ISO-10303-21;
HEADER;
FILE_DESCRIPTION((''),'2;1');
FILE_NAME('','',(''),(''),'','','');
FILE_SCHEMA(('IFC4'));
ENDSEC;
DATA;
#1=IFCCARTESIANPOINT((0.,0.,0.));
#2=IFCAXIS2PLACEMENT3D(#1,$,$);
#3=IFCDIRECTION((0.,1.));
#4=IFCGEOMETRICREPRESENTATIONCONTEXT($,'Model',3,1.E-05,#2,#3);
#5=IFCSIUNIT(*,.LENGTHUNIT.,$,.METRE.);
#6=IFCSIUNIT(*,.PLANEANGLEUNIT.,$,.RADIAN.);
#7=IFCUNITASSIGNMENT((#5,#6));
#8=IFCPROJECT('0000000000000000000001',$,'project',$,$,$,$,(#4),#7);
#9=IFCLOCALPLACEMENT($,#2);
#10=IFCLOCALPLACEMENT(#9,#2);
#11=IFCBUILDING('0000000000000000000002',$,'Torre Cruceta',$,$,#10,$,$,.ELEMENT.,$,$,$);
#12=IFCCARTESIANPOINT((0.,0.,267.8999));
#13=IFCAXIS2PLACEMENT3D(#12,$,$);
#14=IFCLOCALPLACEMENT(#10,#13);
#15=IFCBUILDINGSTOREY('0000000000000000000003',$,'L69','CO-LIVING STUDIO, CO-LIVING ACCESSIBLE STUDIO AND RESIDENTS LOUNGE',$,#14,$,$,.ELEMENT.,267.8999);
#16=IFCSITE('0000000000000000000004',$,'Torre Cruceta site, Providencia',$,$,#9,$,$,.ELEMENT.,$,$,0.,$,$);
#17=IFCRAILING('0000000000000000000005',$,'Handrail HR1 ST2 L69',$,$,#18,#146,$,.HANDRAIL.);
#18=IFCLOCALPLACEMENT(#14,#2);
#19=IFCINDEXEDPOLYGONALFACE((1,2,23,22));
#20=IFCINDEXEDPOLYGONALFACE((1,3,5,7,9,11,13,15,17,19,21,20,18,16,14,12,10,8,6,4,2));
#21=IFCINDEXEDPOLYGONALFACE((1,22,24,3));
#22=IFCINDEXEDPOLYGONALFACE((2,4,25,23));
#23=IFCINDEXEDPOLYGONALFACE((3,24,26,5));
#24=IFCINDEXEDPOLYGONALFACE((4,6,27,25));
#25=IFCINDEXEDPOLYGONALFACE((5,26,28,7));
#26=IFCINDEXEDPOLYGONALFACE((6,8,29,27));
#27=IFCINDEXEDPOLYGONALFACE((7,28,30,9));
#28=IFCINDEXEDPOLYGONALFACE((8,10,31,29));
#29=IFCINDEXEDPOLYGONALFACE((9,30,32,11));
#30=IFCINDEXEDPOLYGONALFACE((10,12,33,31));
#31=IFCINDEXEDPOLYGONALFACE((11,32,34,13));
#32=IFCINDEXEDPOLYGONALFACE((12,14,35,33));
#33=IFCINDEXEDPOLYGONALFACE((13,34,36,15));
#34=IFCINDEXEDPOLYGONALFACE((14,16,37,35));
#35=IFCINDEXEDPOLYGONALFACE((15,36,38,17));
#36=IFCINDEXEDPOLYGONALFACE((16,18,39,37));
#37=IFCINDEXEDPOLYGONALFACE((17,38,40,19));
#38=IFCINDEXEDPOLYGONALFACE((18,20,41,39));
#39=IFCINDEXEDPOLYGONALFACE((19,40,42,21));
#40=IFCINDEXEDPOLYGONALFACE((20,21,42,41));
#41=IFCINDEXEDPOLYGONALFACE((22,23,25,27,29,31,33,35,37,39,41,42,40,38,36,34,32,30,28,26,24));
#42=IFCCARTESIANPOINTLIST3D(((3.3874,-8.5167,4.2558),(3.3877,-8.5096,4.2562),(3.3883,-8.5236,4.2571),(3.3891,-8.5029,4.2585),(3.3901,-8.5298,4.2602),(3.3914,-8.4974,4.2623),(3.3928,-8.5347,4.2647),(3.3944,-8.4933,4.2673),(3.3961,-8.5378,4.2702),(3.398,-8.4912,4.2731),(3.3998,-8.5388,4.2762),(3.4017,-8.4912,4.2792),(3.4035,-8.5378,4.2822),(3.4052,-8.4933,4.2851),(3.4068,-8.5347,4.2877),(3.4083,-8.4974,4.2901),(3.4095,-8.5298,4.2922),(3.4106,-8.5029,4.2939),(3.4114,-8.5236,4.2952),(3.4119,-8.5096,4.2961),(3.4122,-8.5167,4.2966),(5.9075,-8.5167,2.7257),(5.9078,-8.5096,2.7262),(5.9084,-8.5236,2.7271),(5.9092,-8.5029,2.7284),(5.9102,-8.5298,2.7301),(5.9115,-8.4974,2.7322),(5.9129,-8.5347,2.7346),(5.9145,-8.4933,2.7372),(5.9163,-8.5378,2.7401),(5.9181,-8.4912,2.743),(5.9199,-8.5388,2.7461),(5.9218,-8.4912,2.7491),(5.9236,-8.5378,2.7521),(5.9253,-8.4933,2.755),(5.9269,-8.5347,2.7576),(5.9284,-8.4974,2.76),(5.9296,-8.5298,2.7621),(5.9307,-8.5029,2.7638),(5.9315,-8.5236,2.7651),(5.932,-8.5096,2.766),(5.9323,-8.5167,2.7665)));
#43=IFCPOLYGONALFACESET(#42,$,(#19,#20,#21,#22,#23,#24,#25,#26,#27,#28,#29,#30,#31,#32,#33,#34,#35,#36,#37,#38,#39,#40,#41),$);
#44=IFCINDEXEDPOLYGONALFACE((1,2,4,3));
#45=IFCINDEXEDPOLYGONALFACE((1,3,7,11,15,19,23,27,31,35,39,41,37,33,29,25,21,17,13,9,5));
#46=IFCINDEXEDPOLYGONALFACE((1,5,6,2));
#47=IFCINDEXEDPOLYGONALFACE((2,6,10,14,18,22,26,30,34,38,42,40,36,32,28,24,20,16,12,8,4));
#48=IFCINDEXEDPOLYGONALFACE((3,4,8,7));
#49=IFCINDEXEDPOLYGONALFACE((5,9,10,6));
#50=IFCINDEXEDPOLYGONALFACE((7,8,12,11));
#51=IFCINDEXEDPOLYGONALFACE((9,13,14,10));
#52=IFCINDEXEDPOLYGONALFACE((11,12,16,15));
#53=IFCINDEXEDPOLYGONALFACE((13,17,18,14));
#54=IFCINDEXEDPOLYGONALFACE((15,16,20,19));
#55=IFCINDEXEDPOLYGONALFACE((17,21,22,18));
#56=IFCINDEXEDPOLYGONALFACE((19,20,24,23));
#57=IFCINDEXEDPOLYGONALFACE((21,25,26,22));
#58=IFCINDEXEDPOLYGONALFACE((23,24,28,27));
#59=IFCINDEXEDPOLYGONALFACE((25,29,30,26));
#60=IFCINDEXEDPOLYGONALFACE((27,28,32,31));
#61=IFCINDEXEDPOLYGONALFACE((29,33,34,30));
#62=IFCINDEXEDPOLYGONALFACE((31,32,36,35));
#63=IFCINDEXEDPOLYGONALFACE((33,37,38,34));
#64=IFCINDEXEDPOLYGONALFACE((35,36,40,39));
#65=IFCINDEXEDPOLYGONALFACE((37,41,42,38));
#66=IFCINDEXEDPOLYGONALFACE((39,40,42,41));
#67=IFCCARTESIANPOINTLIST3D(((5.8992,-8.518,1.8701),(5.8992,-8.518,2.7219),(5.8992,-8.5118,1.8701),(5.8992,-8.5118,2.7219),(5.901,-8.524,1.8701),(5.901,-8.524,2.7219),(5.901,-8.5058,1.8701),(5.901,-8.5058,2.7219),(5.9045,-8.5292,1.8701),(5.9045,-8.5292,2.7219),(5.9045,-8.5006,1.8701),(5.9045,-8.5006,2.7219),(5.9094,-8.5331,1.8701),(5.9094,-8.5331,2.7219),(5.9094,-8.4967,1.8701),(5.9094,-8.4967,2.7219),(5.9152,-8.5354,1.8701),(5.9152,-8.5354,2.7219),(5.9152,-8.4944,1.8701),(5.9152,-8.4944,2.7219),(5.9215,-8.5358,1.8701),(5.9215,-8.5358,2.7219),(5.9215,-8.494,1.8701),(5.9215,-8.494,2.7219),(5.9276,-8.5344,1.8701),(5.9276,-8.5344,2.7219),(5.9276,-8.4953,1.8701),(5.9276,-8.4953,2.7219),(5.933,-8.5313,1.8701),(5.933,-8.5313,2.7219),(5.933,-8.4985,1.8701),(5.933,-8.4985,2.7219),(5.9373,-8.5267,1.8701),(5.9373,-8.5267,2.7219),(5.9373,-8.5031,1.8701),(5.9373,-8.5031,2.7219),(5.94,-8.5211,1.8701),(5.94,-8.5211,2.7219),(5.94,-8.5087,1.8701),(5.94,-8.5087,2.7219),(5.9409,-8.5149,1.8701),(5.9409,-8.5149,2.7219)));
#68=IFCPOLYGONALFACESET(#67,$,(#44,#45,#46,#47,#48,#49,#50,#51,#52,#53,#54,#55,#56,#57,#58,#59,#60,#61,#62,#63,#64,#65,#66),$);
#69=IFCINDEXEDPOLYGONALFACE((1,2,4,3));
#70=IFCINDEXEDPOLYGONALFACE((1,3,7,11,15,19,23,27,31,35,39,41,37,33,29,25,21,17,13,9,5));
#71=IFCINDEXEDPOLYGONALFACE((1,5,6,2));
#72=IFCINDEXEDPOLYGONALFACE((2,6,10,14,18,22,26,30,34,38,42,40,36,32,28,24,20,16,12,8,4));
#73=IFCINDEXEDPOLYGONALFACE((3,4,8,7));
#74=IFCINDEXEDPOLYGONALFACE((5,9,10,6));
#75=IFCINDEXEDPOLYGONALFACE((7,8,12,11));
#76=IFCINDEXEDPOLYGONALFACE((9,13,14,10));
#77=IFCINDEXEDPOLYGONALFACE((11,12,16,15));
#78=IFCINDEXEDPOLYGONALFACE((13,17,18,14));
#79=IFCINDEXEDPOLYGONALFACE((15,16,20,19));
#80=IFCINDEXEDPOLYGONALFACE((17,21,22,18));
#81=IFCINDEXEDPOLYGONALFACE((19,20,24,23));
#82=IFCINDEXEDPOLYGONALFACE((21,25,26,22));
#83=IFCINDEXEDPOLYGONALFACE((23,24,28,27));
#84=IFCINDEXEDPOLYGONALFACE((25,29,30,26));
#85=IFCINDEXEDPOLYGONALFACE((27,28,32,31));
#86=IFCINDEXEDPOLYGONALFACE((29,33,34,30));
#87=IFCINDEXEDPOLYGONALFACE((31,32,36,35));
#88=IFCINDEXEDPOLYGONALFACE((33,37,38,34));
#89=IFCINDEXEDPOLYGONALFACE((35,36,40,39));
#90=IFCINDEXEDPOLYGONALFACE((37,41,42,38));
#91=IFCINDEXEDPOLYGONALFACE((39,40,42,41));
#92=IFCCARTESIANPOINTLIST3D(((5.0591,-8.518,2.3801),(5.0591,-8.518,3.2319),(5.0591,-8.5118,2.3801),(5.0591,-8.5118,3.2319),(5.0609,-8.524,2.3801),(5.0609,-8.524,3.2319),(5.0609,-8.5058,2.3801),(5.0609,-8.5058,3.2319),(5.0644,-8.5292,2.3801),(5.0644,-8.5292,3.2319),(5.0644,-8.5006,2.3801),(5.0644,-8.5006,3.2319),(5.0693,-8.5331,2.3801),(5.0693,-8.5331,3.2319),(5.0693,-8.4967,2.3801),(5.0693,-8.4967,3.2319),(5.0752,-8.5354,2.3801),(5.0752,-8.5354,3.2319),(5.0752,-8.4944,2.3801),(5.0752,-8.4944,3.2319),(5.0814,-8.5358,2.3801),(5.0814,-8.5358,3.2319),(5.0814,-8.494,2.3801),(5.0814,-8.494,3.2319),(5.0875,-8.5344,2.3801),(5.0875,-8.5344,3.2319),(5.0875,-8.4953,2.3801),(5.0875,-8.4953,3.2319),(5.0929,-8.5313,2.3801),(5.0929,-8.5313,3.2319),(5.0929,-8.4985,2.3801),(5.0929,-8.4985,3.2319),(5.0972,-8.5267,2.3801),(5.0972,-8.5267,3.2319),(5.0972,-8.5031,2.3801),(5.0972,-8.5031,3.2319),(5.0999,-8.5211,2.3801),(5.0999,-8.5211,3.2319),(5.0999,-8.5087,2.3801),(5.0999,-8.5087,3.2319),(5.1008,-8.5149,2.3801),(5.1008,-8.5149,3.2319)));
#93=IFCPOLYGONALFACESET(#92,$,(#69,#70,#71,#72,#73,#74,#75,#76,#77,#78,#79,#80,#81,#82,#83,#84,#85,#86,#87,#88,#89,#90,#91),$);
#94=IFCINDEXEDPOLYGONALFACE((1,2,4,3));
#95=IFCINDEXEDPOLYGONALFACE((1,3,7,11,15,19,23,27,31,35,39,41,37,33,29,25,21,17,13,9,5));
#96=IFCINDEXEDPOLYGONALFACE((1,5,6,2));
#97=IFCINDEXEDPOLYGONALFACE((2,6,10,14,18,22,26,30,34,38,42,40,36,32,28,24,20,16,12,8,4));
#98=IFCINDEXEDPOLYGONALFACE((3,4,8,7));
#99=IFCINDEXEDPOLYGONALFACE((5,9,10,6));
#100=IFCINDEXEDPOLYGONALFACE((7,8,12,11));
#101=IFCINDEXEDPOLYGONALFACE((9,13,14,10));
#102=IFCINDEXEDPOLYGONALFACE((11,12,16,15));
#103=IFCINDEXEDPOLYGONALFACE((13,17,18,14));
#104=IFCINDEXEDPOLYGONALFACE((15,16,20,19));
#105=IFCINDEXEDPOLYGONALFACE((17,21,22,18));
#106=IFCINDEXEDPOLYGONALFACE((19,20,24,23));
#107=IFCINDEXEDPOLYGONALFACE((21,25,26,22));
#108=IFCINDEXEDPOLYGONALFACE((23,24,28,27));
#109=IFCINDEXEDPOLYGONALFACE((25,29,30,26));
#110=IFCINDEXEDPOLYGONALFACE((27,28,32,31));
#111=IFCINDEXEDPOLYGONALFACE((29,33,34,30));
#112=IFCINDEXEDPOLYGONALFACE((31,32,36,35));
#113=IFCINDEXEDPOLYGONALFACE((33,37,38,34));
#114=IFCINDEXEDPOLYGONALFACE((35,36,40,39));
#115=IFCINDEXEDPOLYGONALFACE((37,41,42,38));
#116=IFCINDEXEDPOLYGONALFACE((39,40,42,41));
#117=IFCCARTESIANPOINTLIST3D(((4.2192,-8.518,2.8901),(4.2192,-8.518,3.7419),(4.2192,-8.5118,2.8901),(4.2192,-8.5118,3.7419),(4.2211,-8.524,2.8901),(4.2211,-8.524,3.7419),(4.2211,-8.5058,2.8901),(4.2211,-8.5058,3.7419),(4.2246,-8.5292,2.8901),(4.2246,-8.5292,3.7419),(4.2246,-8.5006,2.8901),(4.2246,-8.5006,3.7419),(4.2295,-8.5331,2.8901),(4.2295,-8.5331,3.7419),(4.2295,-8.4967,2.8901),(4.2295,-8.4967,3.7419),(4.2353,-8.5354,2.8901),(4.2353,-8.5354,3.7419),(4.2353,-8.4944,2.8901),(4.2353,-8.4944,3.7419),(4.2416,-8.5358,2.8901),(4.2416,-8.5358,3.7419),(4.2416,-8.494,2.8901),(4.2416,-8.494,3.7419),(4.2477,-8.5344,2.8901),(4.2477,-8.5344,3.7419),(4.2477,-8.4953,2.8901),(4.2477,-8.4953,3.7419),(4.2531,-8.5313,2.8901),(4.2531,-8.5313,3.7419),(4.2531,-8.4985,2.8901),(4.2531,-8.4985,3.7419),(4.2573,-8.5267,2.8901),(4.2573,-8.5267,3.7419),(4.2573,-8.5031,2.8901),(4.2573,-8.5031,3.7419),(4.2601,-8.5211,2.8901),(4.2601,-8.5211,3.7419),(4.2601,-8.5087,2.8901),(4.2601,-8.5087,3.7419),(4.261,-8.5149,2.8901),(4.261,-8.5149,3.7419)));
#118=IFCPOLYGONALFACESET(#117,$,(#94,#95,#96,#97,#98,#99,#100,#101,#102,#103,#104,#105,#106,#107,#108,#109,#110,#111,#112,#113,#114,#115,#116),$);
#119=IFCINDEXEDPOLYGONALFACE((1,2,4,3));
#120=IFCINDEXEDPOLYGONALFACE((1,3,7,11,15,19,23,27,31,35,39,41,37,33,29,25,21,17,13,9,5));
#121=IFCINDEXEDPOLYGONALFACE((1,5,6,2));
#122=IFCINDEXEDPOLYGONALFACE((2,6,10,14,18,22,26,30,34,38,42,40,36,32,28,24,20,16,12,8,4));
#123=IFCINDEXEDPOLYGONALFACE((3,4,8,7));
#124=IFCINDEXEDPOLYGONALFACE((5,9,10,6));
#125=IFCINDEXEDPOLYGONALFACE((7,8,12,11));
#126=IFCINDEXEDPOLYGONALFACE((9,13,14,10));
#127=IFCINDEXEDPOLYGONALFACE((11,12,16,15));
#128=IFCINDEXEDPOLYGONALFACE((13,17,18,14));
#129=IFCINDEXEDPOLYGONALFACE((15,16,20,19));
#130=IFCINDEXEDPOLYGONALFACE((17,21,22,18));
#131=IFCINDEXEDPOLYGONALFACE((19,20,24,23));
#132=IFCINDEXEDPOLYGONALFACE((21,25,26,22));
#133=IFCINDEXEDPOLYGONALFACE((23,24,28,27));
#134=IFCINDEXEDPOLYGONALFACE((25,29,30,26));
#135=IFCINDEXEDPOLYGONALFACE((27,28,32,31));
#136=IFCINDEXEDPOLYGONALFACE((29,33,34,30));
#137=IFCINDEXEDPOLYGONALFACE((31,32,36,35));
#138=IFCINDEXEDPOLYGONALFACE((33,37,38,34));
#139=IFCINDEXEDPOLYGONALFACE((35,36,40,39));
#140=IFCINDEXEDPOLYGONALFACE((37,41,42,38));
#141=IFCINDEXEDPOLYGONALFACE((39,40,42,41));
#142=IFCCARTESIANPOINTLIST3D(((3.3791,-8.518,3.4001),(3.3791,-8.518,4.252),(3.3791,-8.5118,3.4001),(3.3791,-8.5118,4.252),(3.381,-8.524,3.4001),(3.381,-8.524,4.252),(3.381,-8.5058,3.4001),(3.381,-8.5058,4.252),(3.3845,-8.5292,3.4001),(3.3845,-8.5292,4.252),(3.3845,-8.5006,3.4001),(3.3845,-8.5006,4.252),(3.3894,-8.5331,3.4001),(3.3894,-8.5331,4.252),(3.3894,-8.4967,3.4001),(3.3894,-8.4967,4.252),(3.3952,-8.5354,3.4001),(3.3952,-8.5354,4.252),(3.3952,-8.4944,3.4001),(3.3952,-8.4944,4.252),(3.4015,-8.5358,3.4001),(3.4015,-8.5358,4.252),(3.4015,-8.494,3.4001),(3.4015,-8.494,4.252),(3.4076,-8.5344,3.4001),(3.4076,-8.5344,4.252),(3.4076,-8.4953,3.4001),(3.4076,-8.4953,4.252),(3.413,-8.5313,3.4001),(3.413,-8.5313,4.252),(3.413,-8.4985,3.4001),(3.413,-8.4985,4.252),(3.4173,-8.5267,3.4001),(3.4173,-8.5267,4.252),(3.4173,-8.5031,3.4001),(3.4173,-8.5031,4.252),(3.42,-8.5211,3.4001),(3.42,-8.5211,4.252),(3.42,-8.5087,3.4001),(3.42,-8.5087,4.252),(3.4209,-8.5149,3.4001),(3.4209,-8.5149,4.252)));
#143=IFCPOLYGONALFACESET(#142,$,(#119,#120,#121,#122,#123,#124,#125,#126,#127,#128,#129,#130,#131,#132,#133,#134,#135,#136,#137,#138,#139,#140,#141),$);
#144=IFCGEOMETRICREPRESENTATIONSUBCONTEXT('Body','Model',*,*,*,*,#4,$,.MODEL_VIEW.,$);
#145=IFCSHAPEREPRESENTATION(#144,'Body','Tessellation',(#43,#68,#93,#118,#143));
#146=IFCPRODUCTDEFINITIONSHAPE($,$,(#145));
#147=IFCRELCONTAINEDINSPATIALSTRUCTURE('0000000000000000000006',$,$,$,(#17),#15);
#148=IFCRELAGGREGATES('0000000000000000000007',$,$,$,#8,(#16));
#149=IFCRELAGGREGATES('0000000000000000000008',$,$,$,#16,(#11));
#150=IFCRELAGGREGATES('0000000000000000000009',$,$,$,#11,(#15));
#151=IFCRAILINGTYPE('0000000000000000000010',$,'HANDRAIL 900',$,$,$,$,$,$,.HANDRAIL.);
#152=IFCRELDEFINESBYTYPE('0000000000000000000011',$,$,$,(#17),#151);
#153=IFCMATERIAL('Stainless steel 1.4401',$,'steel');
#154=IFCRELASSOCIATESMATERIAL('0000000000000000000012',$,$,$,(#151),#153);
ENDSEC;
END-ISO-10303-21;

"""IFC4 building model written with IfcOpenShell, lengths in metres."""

from ifc_helpers import new_model, si_unit, direction, frame, origin, origin_2d, place, context, subcontext, project, spatial, circle, extrude, material, type_object, element, save


model = new_model("IFC4")

# Units and contexts
model_context = context("Model", 3, precision=1e-05, world=origin(), true_north=direction((0.0, 1.0)))
body_context = subcontext(model_context, "Body", "Model", "MODEL_VIEW")
ifc_project = project(units=[si_unit("LENGTHUNIT", "METRE"), si_unit("PLANEANGLEUNIT", "RADIAN")], contexts=[model_context])

# Site, building, storey
site_placement = place(None, origin())
site = spatial("IfcSite", under=ifc_project, at=site_placement, Name="Torre Cruceta site, Providencia", CompositionType="ELEMENT", RefElevation=0.0)
building_placement = place(site_placement, origin())
building = spatial("IfcBuilding", under=site, at=building_placement, Name="Torre Cruceta", CompositionType="ELEMENT")
storey_placement = place(building_placement, frame((0.0, 0.0, 267.8999)))
storey = spatial("IfcBuildingStorey", under=building, at=storey_placement, Name="L69", Description="CO-LIVING STUDIO, CO-LIVING ACCESSIBLE STUDIO AND RESIDENTS LOUNGE", CompositionType="ELEMENT", Elevation=267.8999)

# Railing
ifc_material_1 = material(Name="Stainless steel 1.4401", Category="steel")
railing_type = type_object("IfcRailingType", Name="HANDRAIL 900", PredefinedType="HANDRAIL", material=ifc_material_1)
railing_placement = place(storey_placement, frame((5.9199, -8.5149, 1.8701)))
element("IfcRailing", 1, at=railing_placement, inside=storey, type_object=railing_type, Name="Handrail HR1 ST2 L69", PredefinedType="HANDRAIL", context=body_context, shape_type="SweptSolid", body=[
    extrude(circle(Radius=0.0239, at=origin_2d()), frame((0.0, 0.0, 0.876), z_axis=(-0.854785, 0.0, 0.518982), x_axis=(0.0, -1.0, 0.0)), (0.0, 0.0, 1.0), 2.9482),
    extrude(circle(Radius=0.021, at=origin_2d()), origin(), (0.0, 0.0, 1.0), 0.8518),
    extrude(circle(Radius=0.021, at=origin_2d()), frame((-0.8401, 0.0, 0.51)), (0.0, 0.0, 1.0), 0.8518),
    extrude(circle(Radius=0.021, at=origin_2d()), frame((-1.6799, 0.0, 1.02)), (0.0, 0.0, 1.0), 0.8518),
    extrude(circle(Radius=0.021, at=origin_2d()), frame((-2.52, 0.0, 1.53)), (0.0, 0.0, 1.0), 0.8518),
])

save(model, "model.ifc")
